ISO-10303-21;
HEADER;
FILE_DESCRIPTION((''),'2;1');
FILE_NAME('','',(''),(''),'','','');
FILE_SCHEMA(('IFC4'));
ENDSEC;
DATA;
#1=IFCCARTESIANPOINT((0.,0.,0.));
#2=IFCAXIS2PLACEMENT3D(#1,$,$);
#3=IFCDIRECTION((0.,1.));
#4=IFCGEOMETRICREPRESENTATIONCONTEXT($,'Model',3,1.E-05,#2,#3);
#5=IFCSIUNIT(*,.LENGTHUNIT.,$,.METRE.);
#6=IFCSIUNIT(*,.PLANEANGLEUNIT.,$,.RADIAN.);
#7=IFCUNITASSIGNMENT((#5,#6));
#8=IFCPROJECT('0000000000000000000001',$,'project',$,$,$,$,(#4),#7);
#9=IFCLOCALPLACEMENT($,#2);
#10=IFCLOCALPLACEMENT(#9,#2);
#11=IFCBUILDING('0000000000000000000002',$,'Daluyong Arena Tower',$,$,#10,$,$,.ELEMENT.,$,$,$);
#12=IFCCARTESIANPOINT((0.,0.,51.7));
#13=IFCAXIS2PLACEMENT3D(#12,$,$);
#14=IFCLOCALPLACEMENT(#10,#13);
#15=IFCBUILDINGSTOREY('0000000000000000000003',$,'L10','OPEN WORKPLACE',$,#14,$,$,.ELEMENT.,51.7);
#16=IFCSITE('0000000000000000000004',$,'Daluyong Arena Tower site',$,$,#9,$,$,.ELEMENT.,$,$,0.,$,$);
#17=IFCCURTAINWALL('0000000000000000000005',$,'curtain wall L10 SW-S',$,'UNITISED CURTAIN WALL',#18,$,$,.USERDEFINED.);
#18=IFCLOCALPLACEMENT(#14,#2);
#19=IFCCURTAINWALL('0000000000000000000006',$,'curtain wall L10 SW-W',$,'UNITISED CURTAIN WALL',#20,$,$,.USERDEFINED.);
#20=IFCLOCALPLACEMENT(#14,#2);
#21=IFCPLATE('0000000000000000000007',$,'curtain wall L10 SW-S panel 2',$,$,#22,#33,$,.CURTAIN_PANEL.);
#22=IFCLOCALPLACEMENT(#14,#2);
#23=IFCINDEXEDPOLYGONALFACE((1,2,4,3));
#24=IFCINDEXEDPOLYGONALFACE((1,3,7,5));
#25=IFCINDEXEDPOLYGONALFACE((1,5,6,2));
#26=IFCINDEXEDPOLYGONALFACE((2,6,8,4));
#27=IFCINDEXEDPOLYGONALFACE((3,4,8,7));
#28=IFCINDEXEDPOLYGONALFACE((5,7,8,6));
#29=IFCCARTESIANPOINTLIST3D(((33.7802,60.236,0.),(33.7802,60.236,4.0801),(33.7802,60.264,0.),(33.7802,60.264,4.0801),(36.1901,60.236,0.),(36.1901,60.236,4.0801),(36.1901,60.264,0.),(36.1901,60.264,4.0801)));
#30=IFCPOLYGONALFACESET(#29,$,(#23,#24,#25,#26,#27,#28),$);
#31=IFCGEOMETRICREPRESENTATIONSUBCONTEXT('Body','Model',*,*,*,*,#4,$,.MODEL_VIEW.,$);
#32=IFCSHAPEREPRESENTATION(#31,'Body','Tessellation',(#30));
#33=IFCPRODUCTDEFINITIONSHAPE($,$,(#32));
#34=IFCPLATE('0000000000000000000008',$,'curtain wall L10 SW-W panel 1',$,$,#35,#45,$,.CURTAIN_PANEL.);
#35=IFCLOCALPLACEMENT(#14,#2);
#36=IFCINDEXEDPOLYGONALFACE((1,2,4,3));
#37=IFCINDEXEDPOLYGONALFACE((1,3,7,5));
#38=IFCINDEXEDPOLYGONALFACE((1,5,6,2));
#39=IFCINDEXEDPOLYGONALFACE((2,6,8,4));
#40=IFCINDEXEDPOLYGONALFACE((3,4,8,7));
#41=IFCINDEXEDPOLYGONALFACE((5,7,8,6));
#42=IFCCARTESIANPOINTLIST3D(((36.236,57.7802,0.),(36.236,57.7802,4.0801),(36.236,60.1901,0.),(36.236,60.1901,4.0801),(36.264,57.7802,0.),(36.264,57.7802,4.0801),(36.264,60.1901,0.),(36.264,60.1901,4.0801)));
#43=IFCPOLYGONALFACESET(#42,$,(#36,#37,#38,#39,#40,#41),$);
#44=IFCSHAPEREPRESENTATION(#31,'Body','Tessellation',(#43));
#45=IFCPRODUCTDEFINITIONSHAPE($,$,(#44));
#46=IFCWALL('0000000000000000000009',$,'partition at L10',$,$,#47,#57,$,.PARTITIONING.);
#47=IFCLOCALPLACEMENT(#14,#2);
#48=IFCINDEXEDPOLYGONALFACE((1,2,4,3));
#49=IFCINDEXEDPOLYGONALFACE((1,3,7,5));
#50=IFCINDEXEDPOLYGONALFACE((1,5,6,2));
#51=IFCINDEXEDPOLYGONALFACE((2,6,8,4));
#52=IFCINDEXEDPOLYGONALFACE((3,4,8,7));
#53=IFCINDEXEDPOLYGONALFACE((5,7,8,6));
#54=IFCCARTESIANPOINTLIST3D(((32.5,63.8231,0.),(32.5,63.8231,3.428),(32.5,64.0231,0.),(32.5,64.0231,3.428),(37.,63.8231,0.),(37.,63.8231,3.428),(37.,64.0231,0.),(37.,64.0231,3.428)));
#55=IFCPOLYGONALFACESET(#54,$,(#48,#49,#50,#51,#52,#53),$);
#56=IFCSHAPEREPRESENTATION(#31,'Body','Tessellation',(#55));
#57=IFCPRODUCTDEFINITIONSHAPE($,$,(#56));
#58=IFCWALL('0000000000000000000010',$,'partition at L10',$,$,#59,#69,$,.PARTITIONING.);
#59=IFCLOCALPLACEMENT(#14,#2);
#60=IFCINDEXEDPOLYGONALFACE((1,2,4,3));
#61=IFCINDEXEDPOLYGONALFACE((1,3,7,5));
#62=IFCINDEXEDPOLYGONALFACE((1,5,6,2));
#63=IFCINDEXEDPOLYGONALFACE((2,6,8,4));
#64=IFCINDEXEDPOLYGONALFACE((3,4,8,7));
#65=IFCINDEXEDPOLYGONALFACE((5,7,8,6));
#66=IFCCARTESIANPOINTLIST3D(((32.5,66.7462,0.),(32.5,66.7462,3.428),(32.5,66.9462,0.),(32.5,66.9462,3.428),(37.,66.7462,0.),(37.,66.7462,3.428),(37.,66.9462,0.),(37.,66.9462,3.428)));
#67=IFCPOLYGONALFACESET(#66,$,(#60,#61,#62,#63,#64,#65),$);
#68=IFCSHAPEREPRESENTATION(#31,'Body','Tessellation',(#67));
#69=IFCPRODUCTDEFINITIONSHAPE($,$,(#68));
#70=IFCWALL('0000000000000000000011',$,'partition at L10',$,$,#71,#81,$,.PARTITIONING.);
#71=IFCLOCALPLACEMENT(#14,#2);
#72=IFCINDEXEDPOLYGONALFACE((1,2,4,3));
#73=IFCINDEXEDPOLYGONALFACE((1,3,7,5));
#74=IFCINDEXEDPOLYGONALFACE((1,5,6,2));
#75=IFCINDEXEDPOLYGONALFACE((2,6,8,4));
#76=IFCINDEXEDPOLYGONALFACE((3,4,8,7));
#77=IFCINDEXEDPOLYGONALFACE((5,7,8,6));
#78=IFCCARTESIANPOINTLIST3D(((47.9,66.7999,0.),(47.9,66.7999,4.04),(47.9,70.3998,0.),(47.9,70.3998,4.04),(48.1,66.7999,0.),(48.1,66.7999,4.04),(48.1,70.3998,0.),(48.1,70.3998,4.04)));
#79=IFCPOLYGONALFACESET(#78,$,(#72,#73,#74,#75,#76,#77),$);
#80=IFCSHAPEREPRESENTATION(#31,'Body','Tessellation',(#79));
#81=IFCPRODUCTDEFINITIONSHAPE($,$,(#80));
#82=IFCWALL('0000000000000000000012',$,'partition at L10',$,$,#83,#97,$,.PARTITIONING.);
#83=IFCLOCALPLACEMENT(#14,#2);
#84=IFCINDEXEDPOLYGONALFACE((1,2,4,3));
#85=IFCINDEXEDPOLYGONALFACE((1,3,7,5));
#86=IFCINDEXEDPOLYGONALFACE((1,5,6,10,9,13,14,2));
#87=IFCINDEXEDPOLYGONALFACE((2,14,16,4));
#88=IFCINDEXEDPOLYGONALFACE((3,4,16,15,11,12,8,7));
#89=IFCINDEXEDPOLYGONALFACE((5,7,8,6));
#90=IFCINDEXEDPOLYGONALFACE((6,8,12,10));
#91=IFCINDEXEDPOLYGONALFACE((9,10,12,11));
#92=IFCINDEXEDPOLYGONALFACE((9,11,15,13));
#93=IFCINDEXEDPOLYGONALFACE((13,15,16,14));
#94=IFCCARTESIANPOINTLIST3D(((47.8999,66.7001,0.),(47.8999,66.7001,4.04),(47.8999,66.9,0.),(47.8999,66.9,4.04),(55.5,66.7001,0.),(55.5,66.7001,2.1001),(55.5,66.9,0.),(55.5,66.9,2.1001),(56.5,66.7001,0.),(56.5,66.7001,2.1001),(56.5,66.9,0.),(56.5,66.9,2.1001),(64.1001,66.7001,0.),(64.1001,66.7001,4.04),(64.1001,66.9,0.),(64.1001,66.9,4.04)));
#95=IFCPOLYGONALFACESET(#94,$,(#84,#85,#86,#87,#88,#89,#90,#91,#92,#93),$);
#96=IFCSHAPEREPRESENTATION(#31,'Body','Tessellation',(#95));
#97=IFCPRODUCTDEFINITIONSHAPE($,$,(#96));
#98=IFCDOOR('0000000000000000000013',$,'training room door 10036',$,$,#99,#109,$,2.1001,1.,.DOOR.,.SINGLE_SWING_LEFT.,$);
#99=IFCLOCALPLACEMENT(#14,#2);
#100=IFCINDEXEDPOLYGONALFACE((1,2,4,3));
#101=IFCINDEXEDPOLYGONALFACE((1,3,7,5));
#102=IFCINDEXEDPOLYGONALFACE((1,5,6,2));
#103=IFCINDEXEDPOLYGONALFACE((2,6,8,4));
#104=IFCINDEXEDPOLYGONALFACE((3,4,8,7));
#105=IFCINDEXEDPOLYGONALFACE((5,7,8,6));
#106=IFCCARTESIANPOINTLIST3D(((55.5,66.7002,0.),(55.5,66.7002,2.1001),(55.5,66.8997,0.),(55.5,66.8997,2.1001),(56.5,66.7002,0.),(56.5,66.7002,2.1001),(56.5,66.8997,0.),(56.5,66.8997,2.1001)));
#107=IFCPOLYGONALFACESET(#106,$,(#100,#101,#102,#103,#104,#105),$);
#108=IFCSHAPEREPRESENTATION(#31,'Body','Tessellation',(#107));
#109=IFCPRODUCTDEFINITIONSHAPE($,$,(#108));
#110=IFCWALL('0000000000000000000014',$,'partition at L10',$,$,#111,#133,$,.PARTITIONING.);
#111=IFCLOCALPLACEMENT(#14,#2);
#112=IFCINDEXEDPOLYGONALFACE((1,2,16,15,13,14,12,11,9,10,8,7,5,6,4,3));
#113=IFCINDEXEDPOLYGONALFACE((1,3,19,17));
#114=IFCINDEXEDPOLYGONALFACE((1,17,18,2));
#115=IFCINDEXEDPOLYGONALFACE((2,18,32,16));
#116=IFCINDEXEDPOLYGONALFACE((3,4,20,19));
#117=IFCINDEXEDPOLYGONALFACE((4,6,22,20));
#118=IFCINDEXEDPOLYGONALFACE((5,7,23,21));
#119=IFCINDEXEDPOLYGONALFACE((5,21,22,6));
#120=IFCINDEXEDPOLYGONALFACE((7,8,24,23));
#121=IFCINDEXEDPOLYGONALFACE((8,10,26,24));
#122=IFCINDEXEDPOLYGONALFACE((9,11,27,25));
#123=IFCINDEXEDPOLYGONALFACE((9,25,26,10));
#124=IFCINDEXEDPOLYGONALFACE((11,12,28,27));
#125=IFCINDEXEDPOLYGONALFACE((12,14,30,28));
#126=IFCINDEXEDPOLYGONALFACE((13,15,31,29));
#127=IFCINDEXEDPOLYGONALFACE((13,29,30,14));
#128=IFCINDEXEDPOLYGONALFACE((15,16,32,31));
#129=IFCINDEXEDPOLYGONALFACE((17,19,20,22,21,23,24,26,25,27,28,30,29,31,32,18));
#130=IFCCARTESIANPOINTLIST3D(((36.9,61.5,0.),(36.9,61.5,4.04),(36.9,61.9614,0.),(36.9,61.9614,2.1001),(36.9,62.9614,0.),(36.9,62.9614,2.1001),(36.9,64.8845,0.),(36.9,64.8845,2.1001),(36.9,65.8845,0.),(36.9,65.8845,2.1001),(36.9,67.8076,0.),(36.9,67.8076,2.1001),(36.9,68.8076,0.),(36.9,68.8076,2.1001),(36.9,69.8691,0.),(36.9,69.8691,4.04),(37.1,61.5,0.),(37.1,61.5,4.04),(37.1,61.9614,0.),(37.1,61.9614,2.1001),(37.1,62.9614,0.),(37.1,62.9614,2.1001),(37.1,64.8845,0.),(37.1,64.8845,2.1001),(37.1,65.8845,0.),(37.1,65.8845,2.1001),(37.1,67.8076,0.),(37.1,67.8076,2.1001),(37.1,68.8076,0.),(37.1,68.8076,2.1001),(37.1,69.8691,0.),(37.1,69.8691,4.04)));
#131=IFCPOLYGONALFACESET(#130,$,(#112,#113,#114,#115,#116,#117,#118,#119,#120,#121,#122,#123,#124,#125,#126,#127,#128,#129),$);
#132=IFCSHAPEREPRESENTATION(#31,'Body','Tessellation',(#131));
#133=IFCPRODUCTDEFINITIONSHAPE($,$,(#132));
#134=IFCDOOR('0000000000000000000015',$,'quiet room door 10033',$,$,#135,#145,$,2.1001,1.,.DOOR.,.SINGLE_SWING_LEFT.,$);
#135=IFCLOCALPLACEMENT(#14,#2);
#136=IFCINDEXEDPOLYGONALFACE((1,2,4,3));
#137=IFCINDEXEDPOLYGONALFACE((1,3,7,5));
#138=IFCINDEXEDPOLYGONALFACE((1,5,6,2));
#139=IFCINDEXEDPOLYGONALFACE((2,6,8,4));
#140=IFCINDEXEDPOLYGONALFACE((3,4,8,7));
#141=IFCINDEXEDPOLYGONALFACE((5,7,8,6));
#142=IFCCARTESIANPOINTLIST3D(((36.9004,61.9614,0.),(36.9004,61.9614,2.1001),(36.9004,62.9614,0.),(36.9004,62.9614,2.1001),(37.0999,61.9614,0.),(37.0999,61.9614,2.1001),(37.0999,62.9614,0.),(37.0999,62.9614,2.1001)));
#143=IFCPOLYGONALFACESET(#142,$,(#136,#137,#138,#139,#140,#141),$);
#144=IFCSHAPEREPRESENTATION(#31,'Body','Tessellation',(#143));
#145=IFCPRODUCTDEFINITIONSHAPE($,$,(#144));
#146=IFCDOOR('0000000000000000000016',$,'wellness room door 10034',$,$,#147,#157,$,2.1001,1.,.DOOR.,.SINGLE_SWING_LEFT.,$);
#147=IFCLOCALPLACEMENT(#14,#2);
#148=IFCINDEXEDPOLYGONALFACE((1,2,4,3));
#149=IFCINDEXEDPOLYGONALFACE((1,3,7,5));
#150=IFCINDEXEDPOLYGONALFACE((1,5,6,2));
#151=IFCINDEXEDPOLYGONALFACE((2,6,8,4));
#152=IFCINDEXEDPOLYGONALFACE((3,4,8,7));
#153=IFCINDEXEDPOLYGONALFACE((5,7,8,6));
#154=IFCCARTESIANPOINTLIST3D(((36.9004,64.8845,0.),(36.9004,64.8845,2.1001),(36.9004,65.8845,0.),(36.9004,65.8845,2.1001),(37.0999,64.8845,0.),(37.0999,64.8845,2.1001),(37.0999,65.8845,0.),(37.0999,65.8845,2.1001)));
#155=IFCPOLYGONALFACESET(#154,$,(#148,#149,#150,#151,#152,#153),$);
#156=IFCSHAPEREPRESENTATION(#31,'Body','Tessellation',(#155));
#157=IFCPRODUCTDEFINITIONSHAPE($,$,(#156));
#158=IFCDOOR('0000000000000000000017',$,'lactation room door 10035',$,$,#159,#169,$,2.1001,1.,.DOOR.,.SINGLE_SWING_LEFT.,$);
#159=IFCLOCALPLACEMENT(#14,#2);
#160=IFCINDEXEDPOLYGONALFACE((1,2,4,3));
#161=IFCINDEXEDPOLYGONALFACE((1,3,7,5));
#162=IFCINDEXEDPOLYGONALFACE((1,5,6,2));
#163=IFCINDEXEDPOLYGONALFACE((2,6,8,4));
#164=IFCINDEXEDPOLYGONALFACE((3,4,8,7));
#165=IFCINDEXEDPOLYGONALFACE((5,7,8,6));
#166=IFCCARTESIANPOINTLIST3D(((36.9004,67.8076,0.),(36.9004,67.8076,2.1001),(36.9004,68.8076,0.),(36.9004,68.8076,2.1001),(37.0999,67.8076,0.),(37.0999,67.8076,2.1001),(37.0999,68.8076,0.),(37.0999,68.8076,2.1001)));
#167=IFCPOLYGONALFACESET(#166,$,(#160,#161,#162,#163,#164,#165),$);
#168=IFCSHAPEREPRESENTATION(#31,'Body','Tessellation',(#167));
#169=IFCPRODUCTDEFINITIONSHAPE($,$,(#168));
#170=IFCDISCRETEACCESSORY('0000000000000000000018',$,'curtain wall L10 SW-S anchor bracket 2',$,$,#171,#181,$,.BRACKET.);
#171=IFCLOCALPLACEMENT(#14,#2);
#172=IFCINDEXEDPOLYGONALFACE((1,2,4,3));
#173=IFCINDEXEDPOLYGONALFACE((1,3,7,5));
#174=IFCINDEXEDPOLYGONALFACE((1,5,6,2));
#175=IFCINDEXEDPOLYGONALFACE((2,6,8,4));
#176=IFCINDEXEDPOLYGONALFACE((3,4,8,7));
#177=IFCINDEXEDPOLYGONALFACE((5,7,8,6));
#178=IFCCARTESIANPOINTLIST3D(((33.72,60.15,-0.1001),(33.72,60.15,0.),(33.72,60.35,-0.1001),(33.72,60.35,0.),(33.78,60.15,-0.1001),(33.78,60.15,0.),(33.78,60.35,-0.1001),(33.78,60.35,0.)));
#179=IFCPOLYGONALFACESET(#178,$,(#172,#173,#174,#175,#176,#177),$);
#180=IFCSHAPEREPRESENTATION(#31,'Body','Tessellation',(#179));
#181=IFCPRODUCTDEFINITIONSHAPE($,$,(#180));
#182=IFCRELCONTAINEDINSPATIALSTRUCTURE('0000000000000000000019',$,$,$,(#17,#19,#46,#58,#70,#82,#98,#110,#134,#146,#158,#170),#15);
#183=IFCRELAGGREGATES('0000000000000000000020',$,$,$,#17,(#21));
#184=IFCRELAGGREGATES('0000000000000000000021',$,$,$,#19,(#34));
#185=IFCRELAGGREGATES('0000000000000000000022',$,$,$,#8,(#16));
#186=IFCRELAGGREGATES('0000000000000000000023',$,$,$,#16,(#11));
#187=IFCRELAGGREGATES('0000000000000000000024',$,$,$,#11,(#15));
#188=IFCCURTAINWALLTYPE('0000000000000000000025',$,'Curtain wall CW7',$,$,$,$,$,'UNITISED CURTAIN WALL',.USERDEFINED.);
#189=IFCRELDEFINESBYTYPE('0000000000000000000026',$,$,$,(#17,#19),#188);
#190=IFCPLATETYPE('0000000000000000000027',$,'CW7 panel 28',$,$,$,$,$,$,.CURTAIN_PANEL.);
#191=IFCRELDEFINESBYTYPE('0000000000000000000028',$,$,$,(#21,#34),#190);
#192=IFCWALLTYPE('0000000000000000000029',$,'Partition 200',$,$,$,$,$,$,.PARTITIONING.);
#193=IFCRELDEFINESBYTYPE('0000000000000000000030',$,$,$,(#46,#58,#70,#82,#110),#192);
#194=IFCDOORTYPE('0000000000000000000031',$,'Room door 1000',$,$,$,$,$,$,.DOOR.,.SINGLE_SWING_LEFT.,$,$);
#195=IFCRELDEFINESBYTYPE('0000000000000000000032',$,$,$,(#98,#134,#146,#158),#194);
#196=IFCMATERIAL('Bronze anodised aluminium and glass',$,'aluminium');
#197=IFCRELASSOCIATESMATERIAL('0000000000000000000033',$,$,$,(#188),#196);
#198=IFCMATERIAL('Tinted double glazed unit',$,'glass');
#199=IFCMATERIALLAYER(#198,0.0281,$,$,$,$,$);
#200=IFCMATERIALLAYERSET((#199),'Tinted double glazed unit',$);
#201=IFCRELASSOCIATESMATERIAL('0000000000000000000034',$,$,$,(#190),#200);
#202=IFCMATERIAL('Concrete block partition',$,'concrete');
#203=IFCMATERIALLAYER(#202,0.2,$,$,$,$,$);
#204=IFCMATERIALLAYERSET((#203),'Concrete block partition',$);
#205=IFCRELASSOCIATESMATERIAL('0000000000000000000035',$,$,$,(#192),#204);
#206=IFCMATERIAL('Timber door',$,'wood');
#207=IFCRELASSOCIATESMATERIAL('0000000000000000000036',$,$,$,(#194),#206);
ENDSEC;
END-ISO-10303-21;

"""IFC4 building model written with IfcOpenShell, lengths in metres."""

from ifc_helpers import new_model, si_unit, direction, frame, frame_2d, origin, origin_2d, place, context, subcontext, project, spatial, rectangle, extrude, material, layer, layer_set, type_object, element, fill, aggregate, save


model = new_model("IFC4")

# Units and contexts
model_context = context("Model", 3, precision=1e-05, world=origin(), true_north=direction((0.0, 1.0)))
body_context = subcontext(model_context, "Body", "Model", "MODEL_VIEW")
ifc_project = project(units=[si_unit("LENGTHUNIT", "METRE"), si_unit("PLANEANGLEUNIT", "RADIAN")], contexts=[model_context])

# Site, building, storey
site_placement = place(None, origin())
site = spatial("IfcSite", under=ifc_project, at=site_placement, Name="Daluyong Arena Tower site", CompositionType="ELEMENT", RefElevation=0.0)
building_placement = place(site_placement, origin())
building = spatial("IfcBuilding", under=site, at=building_placement, Name="Daluyong Arena Tower", CompositionType="ELEMENT")
storey_placement = place(building_placement, frame((0.0, 0.0, 51.7)))
storey = spatial("IfcBuildingStorey", under=building, at=storey_placement, Name="L10", Description="OPEN WORKPLACE", CompositionType="ELEMENT", Elevation=51.7)

# Curtain wall
ifc_material_1 = material(Name="Bronze anodised aluminium and glass", Category="aluminium")
curtain_wall_type = type_object("IfcCurtainWallType", Name="Curtain wall CW7", ElementType="UNITISED CURTAIN WALL", PredefinedType="USERDEFINED", material=ifc_material_1)
curtain_wall_1_placement = place(storey_placement, origin())
curtain_wall_1 = element("IfcCurtainWall", 1, at=curtain_wall_1_placement, inside=storey, type_object=curtain_wall_type, Name="curtain wall L10 SW-S", ObjectType="UNITISED CURTAIN WALL", PredefinedType="USERDEFINED")

# Curtain wall
curtain_wall_2_placement = place(storey_placement, origin())
curtain_wall_2 = element("IfcCurtainWall", 2, at=curtain_wall_2_placement, inside=storey, type_object=curtain_wall_type, Name="curtain wall L10 SW-W", ObjectType="UNITISED CURTAIN WALL", PredefinedType="USERDEFINED")

# Plates
ifc_material_2 = material(Name="Tinted double glazed unit", Category="glass")
ifc_layer_1 = layer(ifc_material_2, 0.0281)
ifc_layer_set_1 = layer_set([ifc_layer_1], Name="Tinted double glazed unit")
plate_type = type_object("IfcPlateType", Name="CW7 panel 28", PredefinedType="CURTAIN_PANEL", material=ifc_layer_set_1)
plate_1_placement = place(storey_placement, frame((34.9851, 60.25, 0.0), z_axis=(0.0, 0.0, 1.0), x_axis=(1.0, 0.0, 0.0)))
plate_1 = element("IfcPlate", 3, at=plate_1_placement, type_object=plate_type, Name="curtain wall L10 SW-S panel 2", PredefinedType="CURTAIN_PANEL", context=body_context, shape_type="SweptSolid", body=[
    extrude(rectangle(XDim=2.4099, YDim=0.0281, at=origin_2d()), origin(), (0.0, 0.0, 1.0), 4.0801),
])
aggregate(curtain_wall_1, [plate_1])
plate_2_placement = place(storey_placement, frame((36.25, 58.9851, 0.0), z_axis=(0.0, 0.0, 1.0), x_axis=(0.0, -1.0, 0.0)))
plate_2 = element("IfcPlate", 4, at=plate_2_placement, type_object=plate_type, Name="curtain wall L10 SW-W panel 1", PredefinedType="CURTAIN_PANEL", context=body_context, shape_type="SweptSolid", body=[
    extrude(rectangle(XDim=2.4099, YDim=0.0281, at=origin_2d()), origin(), (0.0, 0.0, 1.0), 4.0801),
])
aggregate(curtain_wall_2, [plate_2])

# Walls
ifc_material_3 = material(Name="Concrete block partition", Category="concrete")
ifc_layer_2 = layer(ifc_material_3, 0.2)
ifc_layer_set_2 = layer_set([ifc_layer_2], Name="Concrete block partition")
wall_type = type_object("IfcWallType", Name="Partition 200", PredefinedType="PARTITIONING", material=ifc_layer_set_2)
for number, where, z_axis, x_axis, name in (
    (5, (32.5, 63.9231, 0.0), (0.0, 0.0, 1.0), (1.0, 0.0, 0.0), "partition at L10"),
    (6, (32.5, 66.8462, 0.0), (0.0, 0.0, 1.0), (1.0, 0.0, 0.0), "partition at L10"),
):
    element("IfcWall", number, at=place(storey_placement, frame(where, z_axis=z_axis, x_axis=x_axis)), inside=storey, type_object=wall_type, Name=name, PredefinedType="PARTITIONING", context=body_context, shape_type="SweptSolid", body=[
        extrude(rectangle(XDim=4.5, YDim=0.2, at=frame_2d((2.25, 0.0))), origin(), (0.0, 0.0, 1.0), 3.428),
    ])
wall_1_placement = place(storey_placement, frame((48.0, 66.8, 0.0), z_axis=(0.0, 0.0, 1.0), x_axis=(0.0, 1.0, 0.0)))
element("IfcWall", 7, at=wall_1_placement, inside=storey, type_object=wall_type, Name="partition at L10", PredefinedType="PARTITIONING", context=body_context, shape_type="SweptSolid", body=[
    extrude(rectangle(XDim=3.5999, YDim=0.2, at=frame_2d((1.7998, 0.0))), origin(), (0.0, 0.0, 1.0), 4.04),
])

# Wall, opening, door
wall_2_placement = place(storey_placement, frame((47.8999, 66.8, 0.0), z_axis=(0.0, 0.0, 1.0), x_axis=(1.0, 0.0, 0.0)))
wall_2 = element("IfcWall", 8, at=wall_2_placement, inside=storey, type_object=wall_type, Name="partition at L10", PredefinedType="PARTITIONING", context=body_context, shape_type="SweptSolid", body=[
    extrude(rectangle(XDim=16.2002, YDim=0.2, at=frame_2d((8.1001, 0.0))), origin(), (0.0, 0.0, 1.0), 4.04),
])
opening_1_placement = place(wall_2_placement, frame((7.6001, 0.0, 0.0)))
opening_1 = element("IfcOpeningElement", 9, at=opening_1_placement, cuts=wall_2, PredefinedType="OPENING", context=body_context, shape_type="SweptSolid", body=[
    extrude(rectangle(XDim=1.0, YDim=2.1001, at=frame_2d((0.5, 1.05))), frame((0.0, 0.1099, 0.0), z_axis=(0.0, -1.0, 0.0), x_axis=(1.0, 0.0, 0.0)), (0.0, 0.0, 1.0), 0.22),
])
ifc_material_4 = material(Name="Timber door", Category="wood")
door_type = type_object("IfcDoorType", Name="Room door 1000", OperationType="SINGLE_SWING_LEFT", PredefinedType="DOOR", material=ifc_material_4)
door_1_placement = place(opening_1_placement, origin())
door_1 = element("IfcDoor", 10, at=door_1_placement, inside=storey, type_object=door_type, Name="training room door 10036", OperationType="SINGLE_SWING_LEFT", OverallHeight=2.1001, OverallWidth=1.0, PredefinedType="DOOR", context=body_context, shape_type="SweptSolid", body=[
    extrude(rectangle(XDim=1.0, YDim=2.1001, at=frame_2d((0.5, 1.05))), frame((0.0, 0.0996, 0.0), z_axis=(0.0, -1.0, 0.0), x_axis=(1.0, 0.0, 0.0)), (0.0, 0.0, 1.0), 0.1995),
])
fill(opening_1, door_1)

# Wall, openings, doors
wall_3_placement = place(storey_placement, frame((37.0, 61.5, 0.0), z_axis=(0.0, 0.0, 1.0), x_axis=(0.0, 1.0, 0.0)))
wall_3 = element("IfcWall", 11, at=wall_3_placement, inside=storey, type_object=wall_type, Name="partition at L10", PredefinedType="PARTITIONING", context=body_context, shape_type="SweptSolid", body=[
    extrude(rectangle(XDim=8.3691, YDim=0.2, at=frame_2d((4.1846, 0.0))), origin(), (0.0, 0.0, 1.0), 4.04),
])
opening_2_placement = place(wall_3_placement, frame((0.4614, 0.0, 0.0)))
opening_2 = element("IfcOpeningElement", 12, at=opening_2_placement, cuts=wall_3, PredefinedType="OPENING", context=body_context, shape_type="SweptSolid", body=[
    extrude(rectangle(XDim=1.0, YDim=2.1001, at=frame_2d((0.5, 1.05))), frame((0.0, 0.1099, 0.0), z_axis=(0.0, -1.0, 0.0), x_axis=(1.0, 0.0, 0.0)), (0.0, 0.0, 1.0), 0.22),
])
opening_3_placement = place(wall_3_placement, frame((3.3845, 0.0, 0.0)))
opening_3 = element("IfcOpeningElement", 13, at=opening_3_placement, cuts=wall_3, PredefinedType="OPENING", context=body_context, shape_type="SweptSolid", body=[
    extrude(rectangle(XDim=1.0, YDim=2.1001, at=frame_2d((0.5, 1.05))), frame((0.0, 0.1099, 0.0), z_axis=(0.0, -1.0, 0.0), x_axis=(1.0, 0.0, 0.0)), (0.0, 0.0, 1.0), 0.22),
])
opening_4_placement = place(wall_3_placement, frame((6.3076, 0.0, 0.0)))
opening_4 = element("IfcOpeningElement", 14, at=opening_4_placement, cuts=wall_3, PredefinedType="OPENING", context=body_context, shape_type="SweptSolid", body=[
    extrude(rectangle(XDim=1.0, YDim=2.1001, at=frame_2d((0.5, 1.05))), frame((0.0, 0.1099, 0.0), z_axis=(0.0, -1.0, 0.0), x_axis=(1.0, 0.0, 0.0)), (0.0, 0.0, 1.0), 0.22),
])
door_2_placement = place(opening_2_placement, origin())
door_2 = element("IfcDoor", 15, at=door_2_placement, inside=storey, type_object=door_type, Name="quiet room door 10033", OperationType="SINGLE_SWING_LEFT", OverallHeight=2.1001, OverallWidth=1.0, PredefinedType="DOOR", context=body_context, shape_type="SweptSolid", body=[
    extrude(rectangle(XDim=1.0, YDim=2.1001, at=frame_2d((0.5, 1.05))), frame((0.0, 0.0996, 0.0), z_axis=(0.0, -1.0, 0.0), x_axis=(1.0, 0.0, 0.0)), (0.0, 0.0, 1.0), 0.1995),
])
fill(opening_2, door_2)
door_3_placement = place(opening_3_placement, origin())
door_3 = element("IfcDoor", 16, at=door_3_placement, inside=storey, type_object=door_type, Name="wellness room door 10034", OperationType="SINGLE_SWING_LEFT", OverallHeight=2.1001, OverallWidth=1.0, PredefinedType="DOOR", context=body_context, shape_type="SweptSolid", body=[
    extrude(rectangle(XDim=1.0, YDim=2.1001, at=frame_2d((0.5, 1.05))), frame((0.0, 0.0996, 0.0), z_axis=(0.0, -1.0, 0.0), x_axis=(1.0, 0.0, 0.0)), (0.0, 0.0, 1.0), 0.1995),
])
fill(opening_3, door_3)
door_4_placement = place(opening_4_placement, origin())
door_4 = element("IfcDoor", 17, at=door_4_placement, inside=storey, type_object=door_type, Name="lactation room door 10035", OperationType="SINGLE_SWING_LEFT", OverallHeight=2.1001, OverallWidth=1.0, PredefinedType="DOOR", context=body_context, shape_type="SweptSolid", body=[
    extrude(rectangle(XDim=1.0, YDim=2.1001, at=frame_2d((0.5, 1.05))), frame((0.0, 0.0996, 0.0), z_axis=(0.0, -1.0, 0.0), x_axis=(1.0, 0.0, 0.0)), (0.0, 0.0, 1.0), 0.1995),
])
fill(opening_4, door_4)

# Discrete accessory
discrete_accessory_placement = place(storey_placement, frame((33.75, 60.25, -0.1001), z_axis=(0.0, 0.0, 1.0), x_axis=(1.0, 0.0, 0.0)))
element("IfcDiscreteAccessory", 18, at=discrete_accessory_placement, inside=storey, Name="curtain wall L10 SW-S anchor bracket 2", PredefinedType="BRACKET", context=body_context, shape_type="SweptSolid", body=[
    extrude(rectangle(XDim=0.0601, YDim=0.2, at=origin_2d()), origin(), (0.0, 0.0, 1.0), 0.1001),
])

save(model, "model.ifc")
